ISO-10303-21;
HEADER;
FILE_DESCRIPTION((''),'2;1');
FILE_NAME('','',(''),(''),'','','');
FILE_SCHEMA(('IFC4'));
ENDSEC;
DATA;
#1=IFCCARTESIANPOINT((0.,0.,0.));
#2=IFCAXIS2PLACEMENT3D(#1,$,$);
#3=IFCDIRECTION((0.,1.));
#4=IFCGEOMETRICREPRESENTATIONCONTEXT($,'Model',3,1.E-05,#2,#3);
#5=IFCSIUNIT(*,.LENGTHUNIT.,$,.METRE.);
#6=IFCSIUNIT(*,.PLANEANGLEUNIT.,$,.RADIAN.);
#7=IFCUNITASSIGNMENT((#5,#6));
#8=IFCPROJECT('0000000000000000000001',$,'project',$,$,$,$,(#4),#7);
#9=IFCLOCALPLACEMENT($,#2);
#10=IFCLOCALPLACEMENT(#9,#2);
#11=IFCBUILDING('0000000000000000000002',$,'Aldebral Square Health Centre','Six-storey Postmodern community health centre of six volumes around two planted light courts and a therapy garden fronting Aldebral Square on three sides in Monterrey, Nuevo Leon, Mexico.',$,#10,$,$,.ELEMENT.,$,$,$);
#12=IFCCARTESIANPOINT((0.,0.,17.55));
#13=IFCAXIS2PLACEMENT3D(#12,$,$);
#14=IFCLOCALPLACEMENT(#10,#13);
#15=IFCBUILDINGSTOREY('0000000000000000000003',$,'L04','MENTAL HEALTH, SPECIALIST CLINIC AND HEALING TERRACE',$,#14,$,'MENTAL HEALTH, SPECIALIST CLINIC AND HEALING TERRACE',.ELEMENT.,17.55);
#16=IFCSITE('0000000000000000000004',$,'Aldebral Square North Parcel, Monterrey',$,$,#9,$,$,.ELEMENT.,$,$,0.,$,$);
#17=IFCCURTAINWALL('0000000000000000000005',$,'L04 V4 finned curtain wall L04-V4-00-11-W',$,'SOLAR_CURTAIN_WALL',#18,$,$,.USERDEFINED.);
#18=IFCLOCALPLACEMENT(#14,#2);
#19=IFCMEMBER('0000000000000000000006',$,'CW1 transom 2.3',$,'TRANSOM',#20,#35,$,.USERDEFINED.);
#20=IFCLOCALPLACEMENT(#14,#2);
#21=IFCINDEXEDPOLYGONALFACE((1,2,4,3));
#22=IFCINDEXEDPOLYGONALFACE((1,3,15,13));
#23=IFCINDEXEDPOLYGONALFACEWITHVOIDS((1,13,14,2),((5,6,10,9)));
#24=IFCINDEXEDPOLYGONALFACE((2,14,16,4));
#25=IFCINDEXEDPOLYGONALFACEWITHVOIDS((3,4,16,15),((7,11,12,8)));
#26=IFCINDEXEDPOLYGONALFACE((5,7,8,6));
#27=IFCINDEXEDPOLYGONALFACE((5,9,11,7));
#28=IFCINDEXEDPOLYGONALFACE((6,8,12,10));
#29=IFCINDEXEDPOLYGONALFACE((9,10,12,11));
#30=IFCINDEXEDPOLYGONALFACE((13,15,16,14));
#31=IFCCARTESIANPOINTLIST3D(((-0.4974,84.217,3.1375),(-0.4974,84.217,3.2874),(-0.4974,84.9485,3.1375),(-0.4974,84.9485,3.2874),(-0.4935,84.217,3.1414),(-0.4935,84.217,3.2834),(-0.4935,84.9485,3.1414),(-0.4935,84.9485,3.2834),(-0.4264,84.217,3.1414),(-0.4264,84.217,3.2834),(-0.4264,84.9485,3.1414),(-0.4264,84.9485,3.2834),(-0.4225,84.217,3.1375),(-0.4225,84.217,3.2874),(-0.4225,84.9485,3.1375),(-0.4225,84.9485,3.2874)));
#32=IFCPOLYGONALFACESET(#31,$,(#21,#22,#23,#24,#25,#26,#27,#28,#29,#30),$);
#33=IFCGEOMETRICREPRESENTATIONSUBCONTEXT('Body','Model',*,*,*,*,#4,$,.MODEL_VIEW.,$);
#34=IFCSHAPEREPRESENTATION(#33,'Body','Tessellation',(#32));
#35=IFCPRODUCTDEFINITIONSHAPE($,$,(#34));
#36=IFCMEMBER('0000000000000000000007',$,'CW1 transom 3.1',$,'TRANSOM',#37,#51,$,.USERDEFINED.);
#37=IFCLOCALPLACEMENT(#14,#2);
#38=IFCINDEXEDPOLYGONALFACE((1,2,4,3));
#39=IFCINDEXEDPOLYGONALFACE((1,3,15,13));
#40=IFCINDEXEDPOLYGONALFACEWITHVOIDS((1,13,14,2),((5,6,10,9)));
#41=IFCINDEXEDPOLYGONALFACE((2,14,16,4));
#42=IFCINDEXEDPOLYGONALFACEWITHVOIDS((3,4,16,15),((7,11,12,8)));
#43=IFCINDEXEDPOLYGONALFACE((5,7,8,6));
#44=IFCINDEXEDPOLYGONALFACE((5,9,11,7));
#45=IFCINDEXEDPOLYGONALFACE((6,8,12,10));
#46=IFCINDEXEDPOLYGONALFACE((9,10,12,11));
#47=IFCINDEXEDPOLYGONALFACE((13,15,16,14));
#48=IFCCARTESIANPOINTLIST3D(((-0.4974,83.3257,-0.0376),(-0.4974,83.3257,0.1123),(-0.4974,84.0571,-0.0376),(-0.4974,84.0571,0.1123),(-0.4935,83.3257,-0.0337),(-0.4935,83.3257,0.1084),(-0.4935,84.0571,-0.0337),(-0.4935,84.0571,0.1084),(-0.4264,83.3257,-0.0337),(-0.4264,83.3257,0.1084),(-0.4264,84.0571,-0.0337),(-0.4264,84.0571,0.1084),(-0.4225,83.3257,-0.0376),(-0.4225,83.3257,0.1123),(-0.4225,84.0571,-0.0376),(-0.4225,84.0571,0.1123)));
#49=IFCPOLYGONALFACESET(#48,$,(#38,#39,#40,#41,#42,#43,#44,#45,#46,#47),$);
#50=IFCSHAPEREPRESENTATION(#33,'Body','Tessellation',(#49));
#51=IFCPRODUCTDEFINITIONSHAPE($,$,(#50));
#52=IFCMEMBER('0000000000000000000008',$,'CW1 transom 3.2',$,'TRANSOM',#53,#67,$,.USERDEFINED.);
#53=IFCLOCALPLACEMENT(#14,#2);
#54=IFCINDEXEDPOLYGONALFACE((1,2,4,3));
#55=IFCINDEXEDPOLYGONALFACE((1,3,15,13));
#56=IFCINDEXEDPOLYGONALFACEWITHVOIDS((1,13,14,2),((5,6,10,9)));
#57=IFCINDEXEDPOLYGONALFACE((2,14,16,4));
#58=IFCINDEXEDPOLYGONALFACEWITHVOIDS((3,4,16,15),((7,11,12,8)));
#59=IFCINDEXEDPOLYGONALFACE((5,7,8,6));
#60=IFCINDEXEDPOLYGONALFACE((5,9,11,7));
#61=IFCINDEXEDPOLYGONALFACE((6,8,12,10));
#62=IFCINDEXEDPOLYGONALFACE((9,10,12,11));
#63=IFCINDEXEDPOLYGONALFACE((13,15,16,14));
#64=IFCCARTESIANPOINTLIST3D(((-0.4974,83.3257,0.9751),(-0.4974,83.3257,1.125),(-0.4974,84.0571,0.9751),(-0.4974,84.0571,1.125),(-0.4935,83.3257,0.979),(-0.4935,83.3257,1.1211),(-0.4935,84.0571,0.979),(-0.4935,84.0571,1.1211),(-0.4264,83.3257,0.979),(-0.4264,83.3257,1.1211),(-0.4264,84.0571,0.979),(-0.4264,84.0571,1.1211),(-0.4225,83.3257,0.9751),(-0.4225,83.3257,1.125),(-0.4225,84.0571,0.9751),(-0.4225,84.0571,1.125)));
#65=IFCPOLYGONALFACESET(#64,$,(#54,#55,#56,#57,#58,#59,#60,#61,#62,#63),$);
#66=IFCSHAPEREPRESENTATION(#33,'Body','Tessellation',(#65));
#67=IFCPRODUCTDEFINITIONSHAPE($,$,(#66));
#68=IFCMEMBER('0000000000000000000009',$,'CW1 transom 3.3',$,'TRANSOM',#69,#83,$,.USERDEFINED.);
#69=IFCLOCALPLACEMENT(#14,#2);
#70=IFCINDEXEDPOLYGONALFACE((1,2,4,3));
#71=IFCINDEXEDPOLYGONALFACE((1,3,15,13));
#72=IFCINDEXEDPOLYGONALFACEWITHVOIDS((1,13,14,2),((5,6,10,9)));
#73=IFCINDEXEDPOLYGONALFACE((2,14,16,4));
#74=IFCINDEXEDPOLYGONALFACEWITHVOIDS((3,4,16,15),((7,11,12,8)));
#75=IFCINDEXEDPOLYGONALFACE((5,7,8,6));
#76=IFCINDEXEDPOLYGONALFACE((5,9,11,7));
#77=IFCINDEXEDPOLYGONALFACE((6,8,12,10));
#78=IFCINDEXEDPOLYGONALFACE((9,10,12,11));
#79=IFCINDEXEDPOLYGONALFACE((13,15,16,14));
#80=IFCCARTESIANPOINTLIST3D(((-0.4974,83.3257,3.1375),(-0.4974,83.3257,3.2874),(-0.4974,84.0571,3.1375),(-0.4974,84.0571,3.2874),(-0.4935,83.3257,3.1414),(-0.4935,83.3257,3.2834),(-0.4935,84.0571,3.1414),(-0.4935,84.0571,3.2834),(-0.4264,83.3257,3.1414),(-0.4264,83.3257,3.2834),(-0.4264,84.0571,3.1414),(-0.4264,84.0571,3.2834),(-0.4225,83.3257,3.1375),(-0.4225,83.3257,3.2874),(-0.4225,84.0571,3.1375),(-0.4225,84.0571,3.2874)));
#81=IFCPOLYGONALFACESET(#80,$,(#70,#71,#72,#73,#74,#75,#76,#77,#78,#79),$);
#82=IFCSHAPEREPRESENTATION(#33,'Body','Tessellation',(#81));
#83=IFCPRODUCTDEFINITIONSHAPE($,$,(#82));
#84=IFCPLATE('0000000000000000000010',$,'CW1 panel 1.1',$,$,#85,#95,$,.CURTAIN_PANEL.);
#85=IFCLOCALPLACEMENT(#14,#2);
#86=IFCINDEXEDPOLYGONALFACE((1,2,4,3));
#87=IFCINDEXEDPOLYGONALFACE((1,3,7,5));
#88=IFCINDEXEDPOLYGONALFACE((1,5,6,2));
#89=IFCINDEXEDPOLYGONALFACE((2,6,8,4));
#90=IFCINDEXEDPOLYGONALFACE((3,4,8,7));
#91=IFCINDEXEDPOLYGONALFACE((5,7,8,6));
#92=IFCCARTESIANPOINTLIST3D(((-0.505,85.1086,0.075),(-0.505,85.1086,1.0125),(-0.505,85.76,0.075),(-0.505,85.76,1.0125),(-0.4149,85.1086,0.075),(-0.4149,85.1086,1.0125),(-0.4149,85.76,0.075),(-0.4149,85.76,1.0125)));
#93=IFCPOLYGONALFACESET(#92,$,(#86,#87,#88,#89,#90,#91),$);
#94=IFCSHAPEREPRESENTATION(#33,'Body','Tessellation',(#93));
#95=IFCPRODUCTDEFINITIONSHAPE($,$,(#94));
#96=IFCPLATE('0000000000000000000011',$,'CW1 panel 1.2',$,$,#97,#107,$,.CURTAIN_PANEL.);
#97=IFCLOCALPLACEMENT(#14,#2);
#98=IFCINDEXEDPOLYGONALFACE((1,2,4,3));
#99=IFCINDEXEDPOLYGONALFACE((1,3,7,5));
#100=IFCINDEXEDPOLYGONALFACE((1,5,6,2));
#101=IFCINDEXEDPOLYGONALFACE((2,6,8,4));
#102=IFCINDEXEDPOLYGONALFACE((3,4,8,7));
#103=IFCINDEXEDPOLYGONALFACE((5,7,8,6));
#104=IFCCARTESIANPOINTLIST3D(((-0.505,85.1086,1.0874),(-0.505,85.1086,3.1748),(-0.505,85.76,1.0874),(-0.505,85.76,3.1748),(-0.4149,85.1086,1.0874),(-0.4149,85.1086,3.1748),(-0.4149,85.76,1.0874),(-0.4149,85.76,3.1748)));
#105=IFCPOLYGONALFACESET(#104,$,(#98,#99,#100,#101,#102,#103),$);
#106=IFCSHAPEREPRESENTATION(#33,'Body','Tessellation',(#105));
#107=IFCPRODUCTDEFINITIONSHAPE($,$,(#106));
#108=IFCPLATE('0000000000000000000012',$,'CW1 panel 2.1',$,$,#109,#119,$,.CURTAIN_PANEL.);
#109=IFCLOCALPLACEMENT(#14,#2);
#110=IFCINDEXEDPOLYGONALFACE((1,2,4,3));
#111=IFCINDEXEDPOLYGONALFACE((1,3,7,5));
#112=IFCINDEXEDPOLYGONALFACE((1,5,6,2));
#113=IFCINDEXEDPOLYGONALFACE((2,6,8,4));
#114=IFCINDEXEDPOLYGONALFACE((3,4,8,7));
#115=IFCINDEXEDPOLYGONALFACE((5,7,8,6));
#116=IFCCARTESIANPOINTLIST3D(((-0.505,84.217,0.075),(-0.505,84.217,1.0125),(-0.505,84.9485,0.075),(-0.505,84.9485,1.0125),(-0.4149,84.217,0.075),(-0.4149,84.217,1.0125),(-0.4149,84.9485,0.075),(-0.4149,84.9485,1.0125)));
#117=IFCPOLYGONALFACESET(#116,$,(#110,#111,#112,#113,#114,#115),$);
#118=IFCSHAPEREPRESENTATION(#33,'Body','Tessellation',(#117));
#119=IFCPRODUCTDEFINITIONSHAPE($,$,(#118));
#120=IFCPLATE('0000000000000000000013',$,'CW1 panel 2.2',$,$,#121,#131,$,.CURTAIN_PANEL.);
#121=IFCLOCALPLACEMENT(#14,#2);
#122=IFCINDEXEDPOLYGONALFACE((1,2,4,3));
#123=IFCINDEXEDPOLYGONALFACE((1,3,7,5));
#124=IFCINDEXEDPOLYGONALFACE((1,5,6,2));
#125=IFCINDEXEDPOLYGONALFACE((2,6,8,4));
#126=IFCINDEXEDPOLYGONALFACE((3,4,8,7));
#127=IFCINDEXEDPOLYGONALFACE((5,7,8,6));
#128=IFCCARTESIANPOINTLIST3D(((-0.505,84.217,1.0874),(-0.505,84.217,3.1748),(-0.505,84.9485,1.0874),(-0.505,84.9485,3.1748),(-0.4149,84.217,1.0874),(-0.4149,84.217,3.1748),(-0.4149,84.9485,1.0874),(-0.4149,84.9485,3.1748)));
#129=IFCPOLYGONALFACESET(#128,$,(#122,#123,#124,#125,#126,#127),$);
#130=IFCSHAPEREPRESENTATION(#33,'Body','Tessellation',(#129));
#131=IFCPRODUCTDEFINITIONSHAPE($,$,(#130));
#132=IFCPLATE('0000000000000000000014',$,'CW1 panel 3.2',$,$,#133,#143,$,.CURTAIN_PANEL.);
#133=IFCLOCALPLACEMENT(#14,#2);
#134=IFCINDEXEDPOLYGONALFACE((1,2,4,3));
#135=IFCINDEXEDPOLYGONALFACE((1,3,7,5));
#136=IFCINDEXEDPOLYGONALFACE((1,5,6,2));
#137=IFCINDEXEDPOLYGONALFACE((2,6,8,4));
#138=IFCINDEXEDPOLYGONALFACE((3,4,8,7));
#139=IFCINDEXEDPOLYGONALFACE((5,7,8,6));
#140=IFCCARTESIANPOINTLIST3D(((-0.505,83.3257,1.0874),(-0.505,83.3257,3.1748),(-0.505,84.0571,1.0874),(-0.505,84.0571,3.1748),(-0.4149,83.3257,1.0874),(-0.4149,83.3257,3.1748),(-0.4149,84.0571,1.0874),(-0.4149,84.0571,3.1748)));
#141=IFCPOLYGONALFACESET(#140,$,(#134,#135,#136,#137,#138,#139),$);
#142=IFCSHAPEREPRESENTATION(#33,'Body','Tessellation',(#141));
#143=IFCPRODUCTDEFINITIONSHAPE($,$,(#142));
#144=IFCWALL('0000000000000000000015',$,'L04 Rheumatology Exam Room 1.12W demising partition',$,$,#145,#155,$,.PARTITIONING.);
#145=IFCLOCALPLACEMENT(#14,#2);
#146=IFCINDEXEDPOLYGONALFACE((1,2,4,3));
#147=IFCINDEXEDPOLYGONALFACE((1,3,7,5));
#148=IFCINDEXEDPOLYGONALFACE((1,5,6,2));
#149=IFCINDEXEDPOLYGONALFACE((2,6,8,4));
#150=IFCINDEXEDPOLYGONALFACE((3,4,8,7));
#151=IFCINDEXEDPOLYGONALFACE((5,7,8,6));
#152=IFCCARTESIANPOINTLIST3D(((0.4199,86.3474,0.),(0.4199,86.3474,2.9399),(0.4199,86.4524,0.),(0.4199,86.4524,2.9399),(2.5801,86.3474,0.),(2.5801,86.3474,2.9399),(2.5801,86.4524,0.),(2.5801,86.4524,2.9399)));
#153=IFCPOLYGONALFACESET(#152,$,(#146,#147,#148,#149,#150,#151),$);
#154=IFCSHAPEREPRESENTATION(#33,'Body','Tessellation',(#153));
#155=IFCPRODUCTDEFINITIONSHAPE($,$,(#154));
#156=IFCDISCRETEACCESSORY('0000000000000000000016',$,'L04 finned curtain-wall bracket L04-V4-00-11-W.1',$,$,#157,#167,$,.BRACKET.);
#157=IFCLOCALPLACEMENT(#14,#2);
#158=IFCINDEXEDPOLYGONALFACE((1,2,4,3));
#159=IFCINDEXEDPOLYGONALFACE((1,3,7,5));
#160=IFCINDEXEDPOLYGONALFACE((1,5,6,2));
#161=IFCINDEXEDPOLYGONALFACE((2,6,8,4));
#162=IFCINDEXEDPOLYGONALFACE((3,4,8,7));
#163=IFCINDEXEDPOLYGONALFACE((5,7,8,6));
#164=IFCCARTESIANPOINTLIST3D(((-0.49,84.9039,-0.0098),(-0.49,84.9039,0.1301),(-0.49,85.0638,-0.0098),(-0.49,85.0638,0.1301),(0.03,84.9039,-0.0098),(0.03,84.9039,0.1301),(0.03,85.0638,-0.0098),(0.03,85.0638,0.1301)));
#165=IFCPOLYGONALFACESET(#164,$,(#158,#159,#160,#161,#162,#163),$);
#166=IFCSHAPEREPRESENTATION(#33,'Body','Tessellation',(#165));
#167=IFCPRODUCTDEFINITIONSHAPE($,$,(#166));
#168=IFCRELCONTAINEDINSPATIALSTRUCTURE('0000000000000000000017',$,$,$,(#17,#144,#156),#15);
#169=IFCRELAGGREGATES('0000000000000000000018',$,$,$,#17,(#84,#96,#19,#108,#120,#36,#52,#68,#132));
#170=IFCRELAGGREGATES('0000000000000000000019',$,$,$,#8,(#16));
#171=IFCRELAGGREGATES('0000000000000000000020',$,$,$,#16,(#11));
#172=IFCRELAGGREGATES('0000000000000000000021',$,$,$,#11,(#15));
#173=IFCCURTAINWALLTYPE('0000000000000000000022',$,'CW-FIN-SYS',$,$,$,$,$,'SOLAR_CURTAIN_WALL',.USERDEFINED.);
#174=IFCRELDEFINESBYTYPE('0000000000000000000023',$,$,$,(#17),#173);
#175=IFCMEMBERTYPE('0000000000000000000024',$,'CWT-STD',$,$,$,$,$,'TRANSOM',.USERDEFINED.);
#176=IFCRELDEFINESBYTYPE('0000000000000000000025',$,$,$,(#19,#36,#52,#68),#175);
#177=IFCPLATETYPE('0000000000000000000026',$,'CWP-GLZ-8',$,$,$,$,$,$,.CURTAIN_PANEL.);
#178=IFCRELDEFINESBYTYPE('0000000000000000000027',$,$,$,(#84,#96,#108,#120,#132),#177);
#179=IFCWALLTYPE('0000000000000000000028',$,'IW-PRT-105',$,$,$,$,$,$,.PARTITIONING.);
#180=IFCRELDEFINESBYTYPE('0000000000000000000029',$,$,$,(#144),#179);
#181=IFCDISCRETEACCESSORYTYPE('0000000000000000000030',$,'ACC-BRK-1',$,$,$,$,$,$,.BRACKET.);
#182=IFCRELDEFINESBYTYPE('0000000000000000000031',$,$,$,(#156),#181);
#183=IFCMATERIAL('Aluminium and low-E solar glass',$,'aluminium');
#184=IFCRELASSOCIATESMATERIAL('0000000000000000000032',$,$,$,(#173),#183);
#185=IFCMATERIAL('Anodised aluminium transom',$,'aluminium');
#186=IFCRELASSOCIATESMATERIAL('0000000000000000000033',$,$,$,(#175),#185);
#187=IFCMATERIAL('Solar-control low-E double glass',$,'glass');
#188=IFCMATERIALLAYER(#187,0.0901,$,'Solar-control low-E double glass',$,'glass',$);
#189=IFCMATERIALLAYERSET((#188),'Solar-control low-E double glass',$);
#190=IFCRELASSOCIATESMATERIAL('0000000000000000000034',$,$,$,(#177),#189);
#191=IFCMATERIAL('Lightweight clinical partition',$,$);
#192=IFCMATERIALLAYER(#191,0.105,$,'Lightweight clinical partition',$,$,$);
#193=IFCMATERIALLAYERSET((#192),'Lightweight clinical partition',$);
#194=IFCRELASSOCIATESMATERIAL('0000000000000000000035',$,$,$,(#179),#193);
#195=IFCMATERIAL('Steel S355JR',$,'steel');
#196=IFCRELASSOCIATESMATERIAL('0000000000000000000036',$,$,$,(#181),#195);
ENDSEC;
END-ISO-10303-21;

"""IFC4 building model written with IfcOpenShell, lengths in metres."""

from ifc_helpers import new_model, si_unit, direction, frame, frame_2d, origin, origin_2d, place, context, subcontext, project, spatial, rectangle, hollow_rectangle, extrude, material, layer, layer_set, material_profile, profile_set, type_object, element, aggregate, save


model = new_model("IFC4")

# Units and contexts
model_context = context("Model", 3, precision=1e-05, world=origin(), true_north=direction((0.0, 1.0)))
body_context = subcontext(model_context, "Body", "Model", "MODEL_VIEW")
ifc_project = project(units=[si_unit("LENGTHUNIT", "METRE"), si_unit("PLANEANGLEUNIT", "RADIAN")], contexts=[model_context])

# Site, building, storey
site_placement = place(None, origin())
site = spatial("IfcSite", under=ifc_project, at=site_placement, Name="Aldebral Square North Parcel, Monterrey", CompositionType="ELEMENT", RefElevation=0.0)
building_placement = place(site_placement, origin())
building = spatial("IfcBuilding", under=site, at=building_placement, Name="Aldebral Square Health Centre", Description="Six-storey Postmodern community health centre of six volumes around two planted light courts and a therapy garden fronting Aldebral Square on three sides in Monterrey, Nuevo Leon, Mexico.", CompositionType="ELEMENT")
storey_placement = place(building_placement, frame((0.0, 0.0, 17.55)))
storey = spatial("IfcBuildingStorey", under=building, at=storey_placement, Name="L04", Description="MENTAL HEALTH, SPECIALIST CLINIC AND HEALING TERRACE", LongName="MENTAL HEALTH, SPECIALIST CLINIC AND HEALING TERRACE", CompositionType="ELEMENT", Elevation=17.55)

# Curtain wall, members, plates
ifc_material_1 = material(Name="Aluminium and low-E solar glass", Category="aluminium")
curtain_wall_type = type_object("IfcCurtainWallType", Name="CW-FIN-SYS", ElementType="SOLAR_CURTAIN_WALL", PredefinedType="USERDEFINED", material=ifc_material_1)
curtain_wall_placement = place(storey_placement, origin())
curtain_wall = element("IfcCurtainWall", 1, at=curtain_wall_placement, inside=storey, type_object=curtain_wall_type, Name="L04 V4 finned curtain wall L04-V4-00-11-W", ObjectType="SOLAR_CURTAIN_WALL", PredefinedType="USERDEFINED")
ifc_material_2 = material(Name="Anodised aluminium transom", Category="aluminium")
ifc_material_profile_1 = material_profile(ifc_material_2, hollow_rectangle(XDim=0.075, YDim=0.1499, WallThickness=0.0039, at=origin_2d()), Name="CWT 75x150x4")
ifc_profile_set_1 = profile_set([ifc_material_profile_1], Name="Anodised aluminium transom")
member_type_1 = type_object("IfcMemberType", Name="CWT-STD", ElementType="TRANSOM", PredefinedType="USERDEFINED", material=ifc_profile_set_1)
member_1_placement = place(storey_placement, frame((-0.46, 84.9485, 3.2124), z_axis=(0.0, -1.0, 0.0), x_axis=(1.0, 0.0, 0.0)))
member_1 = element("IfcMember", 2, at=member_1_placement, type_object=member_type_1, Name="CW1 transom 2.3", ObjectType="TRANSOM", PredefinedType="USERDEFINED", context=body_context, shape_type="SweptSolid", body=[
    extrude(hollow_rectangle(XDim=0.075, YDim=0.1499, WallThickness=0.0039, at=origin_2d()), origin(), (0.0, 0.0, 1.0), 0.7314),
])
member_2_placement = place(storey_placement, frame((-0.46, 84.0571, 0.0374), z_axis=(0.0, -1.0, 0.0), x_axis=(1.0, 0.0, 0.0)))
member_2 = element("IfcMember", 3, at=member_2_placement, type_object=member_type_1, Name="CW1 transom 3.1", ObjectType="TRANSOM", PredefinedType="USERDEFINED", context=body_context, shape_type="SweptSolid", body=[
    extrude(hollow_rectangle(XDim=0.075, YDim=0.1499, WallThickness=0.0039, at=origin_2d()), origin(), (0.0, 0.0, 1.0), 0.7314),
])
member_3_placement = place(storey_placement, frame((-0.46, 84.0571, 1.05), z_axis=(0.0, -1.0, 0.0), x_axis=(1.0, 0.0, 0.0)))
member_3 = element("IfcMember", 4, at=member_3_placement, type_object=member_type_1, Name="CW1 transom 3.2", ObjectType="TRANSOM", PredefinedType="USERDEFINED", context=body_context, shape_type="SweptSolid", body=[
    extrude(hollow_rectangle(XDim=0.075, YDim=0.1499, WallThickness=0.0039, at=origin_2d()), origin(), (0.0, 0.0, 1.0), 0.7314),
])
member_4_placement = place(storey_placement, frame((-0.46, 84.0571, 3.2124), z_axis=(0.0, -1.0, 0.0), x_axis=(1.0, 0.0, 0.0)))
member_4 = element("IfcMember", 5, at=member_4_placement, type_object=member_type_1, Name="CW1 transom 3.3", ObjectType="TRANSOM", PredefinedType="USERDEFINED", context=body_context, shape_type="SweptSolid", body=[
    extrude(hollow_rectangle(XDim=0.075, YDim=0.1499, WallThickness=0.0039, at=origin_2d()), origin(), (0.0, 0.0, 1.0), 0.7314),
])
ifc_material_3 = material(Name="Solar-control low-E double glass", Category="glass")
ifc_layer_1 = layer(ifc_material_3, 0.0901, Name="Solar-control low-E double glass", Category="glass")
ifc_layer_set_1 = layer_set([ifc_layer_1], Name="Solar-control low-E double glass")
plate_type = type_object("IfcPlateType", Name="CWP-GLZ-8", PredefinedType="CURTAIN_PANEL", material=ifc_layer_set_1)
plate_1_placement = place(storey_placement, frame((-0.46, 85.4343, 0.075), z_axis=(0.0, 0.0, 1.0), x_axis=(0.0, -1.0, 0.0)))
plate_1 = element("IfcPlate", 6, at=plate_1_placement, type_object=plate_type, Name="CW1 panel 1.1", PredefinedType="CURTAIN_PANEL", context=body_context, shape_type="SweptSolid", body=[
    extrude(rectangle(XDim=0.6514, YDim=0.0901, at=origin_2d()), origin(), (0.0, 0.0, 1.0), 0.9375),
])
plate_2_placement = place(storey_placement, frame((-0.46, 85.4343, 1.0874), z_axis=(0.0, 0.0, 1.0), x_axis=(0.0, -1.0, 0.0)))
plate_2 = element("IfcPlate", 7, at=plate_2_placement, type_object=plate_type, Name="CW1 panel 1.2", PredefinedType="CURTAIN_PANEL", context=body_context, shape_type="SweptSolid", body=[
    extrude(rectangle(XDim=0.6514, YDim=0.0901, at=origin_2d()), origin(), (0.0, 0.0, 1.0), 2.0874),
])
plate_3_placement = place(storey_placement, frame((-0.46, 84.5828, 0.075), z_axis=(0.0, 0.0, 1.0), x_axis=(0.0, -1.0, 0.0)))
plate_3 = element("IfcPlate", 8, at=plate_3_placement, type_object=plate_type, Name="CW1 panel 2.1", PredefinedType="CURTAIN_PANEL", context=body_context, shape_type="SweptSolid", body=[
    extrude(rectangle(XDim=0.7314, YDim=0.0901, at=origin_2d()), origin(), (0.0, 0.0, 1.0), 0.9375),
])
plate_4_placement = place(storey_placement, frame((-0.46, 84.5828, 1.0874), z_axis=(0.0, 0.0, 1.0), x_axis=(0.0, -1.0, 0.0)))
plate_4 = element("IfcPlate", 9, at=plate_4_placement, type_object=plate_type, Name="CW1 panel 2.2", PredefinedType="CURTAIN_PANEL", context=body_context, shape_type="SweptSolid", body=[
    extrude(rectangle(XDim=0.7314, YDim=0.0901, at=origin_2d()), origin(), (0.0, 0.0, 1.0), 2.0874),
])
plate_5_placement = place(storey_placement, frame((-0.46, 83.6914, 1.0874), z_axis=(0.0, 0.0, 1.0), x_axis=(0.0, -1.0, 0.0)))
plate_5 = element("IfcPlate", 10, at=plate_5_placement, type_object=plate_type, Name="CW1 panel 3.2", PredefinedType="CURTAIN_PANEL", context=body_context, shape_type="SweptSolid", body=[
    extrude(rectangle(XDim=0.7314, YDim=0.0901, at=origin_2d()), origin(), (0.0, 0.0, 1.0), 2.0874),
])
aggregate(curtain_wall, [plate_1, plate_2, member_1, plate_3, plate_4, member_2, member_3, member_4, plate_5])

# Wall
ifc_material_4 = material(Name="Lightweight clinical partition")
ifc_layer_2 = layer(ifc_material_4, 0.105, Name="Lightweight clinical partition")
ifc_layer_set_2 = layer_set([ifc_layer_2], Name="Lightweight clinical partition")
wall_type = type_object("IfcWallType", Name="IW-PRT-105", PredefinedType="PARTITIONING", material=ifc_layer_set_2)
wall_placement = place(storey_placement, frame((0.4199, 86.3999, 0.0), z_axis=(0.0, 0.0, 1.0), x_axis=(1.0, 0.0, 0.0)))
element("IfcWall", 11, at=wall_placement, inside=storey, type_object=wall_type, Name="L04 Rheumatology Exam Room 1.12W demising partition", PredefinedType="PARTITIONING", context=body_context, shape_type="SweptSolid", body=[
    extrude(rectangle(XDim=2.1602, YDim=0.105, at=frame_2d((1.0801, 0.0))), origin(), (0.0, 0.0, 1.0), 2.9399),
])

# Discrete accessory
ifc_material_5 = material(Name="Steel S355JR", Category="steel")
discrete_accessory_type = type_object("IfcDiscreteAccessoryType", Name="ACC-BRK-1", PredefinedType="BRACKET", material=ifc_material_5)
discrete_accessory_placement = place(storey_placement, frame((-0.23, 84.9839, -0.0098), z_axis=(0.0, 0.0, 1.0), x_axis=(0.0, 1.0, 0.0)))
element("IfcDiscreteAccessory", 12, at=discrete_accessory_placement, inside=storey, type_object=discrete_accessory_type, Name="L04 finned curtain-wall bracket L04-V4-00-11-W.1", PredefinedType="BRACKET", context=body_context, shape_type="SweptSolid", body=[
    extrude(rectangle(XDim=0.1599, YDim=0.52, at=origin_2d()), origin(), (0.0, 0.0, 1.0), 0.1399),
])

save(model, "model.ifc")
